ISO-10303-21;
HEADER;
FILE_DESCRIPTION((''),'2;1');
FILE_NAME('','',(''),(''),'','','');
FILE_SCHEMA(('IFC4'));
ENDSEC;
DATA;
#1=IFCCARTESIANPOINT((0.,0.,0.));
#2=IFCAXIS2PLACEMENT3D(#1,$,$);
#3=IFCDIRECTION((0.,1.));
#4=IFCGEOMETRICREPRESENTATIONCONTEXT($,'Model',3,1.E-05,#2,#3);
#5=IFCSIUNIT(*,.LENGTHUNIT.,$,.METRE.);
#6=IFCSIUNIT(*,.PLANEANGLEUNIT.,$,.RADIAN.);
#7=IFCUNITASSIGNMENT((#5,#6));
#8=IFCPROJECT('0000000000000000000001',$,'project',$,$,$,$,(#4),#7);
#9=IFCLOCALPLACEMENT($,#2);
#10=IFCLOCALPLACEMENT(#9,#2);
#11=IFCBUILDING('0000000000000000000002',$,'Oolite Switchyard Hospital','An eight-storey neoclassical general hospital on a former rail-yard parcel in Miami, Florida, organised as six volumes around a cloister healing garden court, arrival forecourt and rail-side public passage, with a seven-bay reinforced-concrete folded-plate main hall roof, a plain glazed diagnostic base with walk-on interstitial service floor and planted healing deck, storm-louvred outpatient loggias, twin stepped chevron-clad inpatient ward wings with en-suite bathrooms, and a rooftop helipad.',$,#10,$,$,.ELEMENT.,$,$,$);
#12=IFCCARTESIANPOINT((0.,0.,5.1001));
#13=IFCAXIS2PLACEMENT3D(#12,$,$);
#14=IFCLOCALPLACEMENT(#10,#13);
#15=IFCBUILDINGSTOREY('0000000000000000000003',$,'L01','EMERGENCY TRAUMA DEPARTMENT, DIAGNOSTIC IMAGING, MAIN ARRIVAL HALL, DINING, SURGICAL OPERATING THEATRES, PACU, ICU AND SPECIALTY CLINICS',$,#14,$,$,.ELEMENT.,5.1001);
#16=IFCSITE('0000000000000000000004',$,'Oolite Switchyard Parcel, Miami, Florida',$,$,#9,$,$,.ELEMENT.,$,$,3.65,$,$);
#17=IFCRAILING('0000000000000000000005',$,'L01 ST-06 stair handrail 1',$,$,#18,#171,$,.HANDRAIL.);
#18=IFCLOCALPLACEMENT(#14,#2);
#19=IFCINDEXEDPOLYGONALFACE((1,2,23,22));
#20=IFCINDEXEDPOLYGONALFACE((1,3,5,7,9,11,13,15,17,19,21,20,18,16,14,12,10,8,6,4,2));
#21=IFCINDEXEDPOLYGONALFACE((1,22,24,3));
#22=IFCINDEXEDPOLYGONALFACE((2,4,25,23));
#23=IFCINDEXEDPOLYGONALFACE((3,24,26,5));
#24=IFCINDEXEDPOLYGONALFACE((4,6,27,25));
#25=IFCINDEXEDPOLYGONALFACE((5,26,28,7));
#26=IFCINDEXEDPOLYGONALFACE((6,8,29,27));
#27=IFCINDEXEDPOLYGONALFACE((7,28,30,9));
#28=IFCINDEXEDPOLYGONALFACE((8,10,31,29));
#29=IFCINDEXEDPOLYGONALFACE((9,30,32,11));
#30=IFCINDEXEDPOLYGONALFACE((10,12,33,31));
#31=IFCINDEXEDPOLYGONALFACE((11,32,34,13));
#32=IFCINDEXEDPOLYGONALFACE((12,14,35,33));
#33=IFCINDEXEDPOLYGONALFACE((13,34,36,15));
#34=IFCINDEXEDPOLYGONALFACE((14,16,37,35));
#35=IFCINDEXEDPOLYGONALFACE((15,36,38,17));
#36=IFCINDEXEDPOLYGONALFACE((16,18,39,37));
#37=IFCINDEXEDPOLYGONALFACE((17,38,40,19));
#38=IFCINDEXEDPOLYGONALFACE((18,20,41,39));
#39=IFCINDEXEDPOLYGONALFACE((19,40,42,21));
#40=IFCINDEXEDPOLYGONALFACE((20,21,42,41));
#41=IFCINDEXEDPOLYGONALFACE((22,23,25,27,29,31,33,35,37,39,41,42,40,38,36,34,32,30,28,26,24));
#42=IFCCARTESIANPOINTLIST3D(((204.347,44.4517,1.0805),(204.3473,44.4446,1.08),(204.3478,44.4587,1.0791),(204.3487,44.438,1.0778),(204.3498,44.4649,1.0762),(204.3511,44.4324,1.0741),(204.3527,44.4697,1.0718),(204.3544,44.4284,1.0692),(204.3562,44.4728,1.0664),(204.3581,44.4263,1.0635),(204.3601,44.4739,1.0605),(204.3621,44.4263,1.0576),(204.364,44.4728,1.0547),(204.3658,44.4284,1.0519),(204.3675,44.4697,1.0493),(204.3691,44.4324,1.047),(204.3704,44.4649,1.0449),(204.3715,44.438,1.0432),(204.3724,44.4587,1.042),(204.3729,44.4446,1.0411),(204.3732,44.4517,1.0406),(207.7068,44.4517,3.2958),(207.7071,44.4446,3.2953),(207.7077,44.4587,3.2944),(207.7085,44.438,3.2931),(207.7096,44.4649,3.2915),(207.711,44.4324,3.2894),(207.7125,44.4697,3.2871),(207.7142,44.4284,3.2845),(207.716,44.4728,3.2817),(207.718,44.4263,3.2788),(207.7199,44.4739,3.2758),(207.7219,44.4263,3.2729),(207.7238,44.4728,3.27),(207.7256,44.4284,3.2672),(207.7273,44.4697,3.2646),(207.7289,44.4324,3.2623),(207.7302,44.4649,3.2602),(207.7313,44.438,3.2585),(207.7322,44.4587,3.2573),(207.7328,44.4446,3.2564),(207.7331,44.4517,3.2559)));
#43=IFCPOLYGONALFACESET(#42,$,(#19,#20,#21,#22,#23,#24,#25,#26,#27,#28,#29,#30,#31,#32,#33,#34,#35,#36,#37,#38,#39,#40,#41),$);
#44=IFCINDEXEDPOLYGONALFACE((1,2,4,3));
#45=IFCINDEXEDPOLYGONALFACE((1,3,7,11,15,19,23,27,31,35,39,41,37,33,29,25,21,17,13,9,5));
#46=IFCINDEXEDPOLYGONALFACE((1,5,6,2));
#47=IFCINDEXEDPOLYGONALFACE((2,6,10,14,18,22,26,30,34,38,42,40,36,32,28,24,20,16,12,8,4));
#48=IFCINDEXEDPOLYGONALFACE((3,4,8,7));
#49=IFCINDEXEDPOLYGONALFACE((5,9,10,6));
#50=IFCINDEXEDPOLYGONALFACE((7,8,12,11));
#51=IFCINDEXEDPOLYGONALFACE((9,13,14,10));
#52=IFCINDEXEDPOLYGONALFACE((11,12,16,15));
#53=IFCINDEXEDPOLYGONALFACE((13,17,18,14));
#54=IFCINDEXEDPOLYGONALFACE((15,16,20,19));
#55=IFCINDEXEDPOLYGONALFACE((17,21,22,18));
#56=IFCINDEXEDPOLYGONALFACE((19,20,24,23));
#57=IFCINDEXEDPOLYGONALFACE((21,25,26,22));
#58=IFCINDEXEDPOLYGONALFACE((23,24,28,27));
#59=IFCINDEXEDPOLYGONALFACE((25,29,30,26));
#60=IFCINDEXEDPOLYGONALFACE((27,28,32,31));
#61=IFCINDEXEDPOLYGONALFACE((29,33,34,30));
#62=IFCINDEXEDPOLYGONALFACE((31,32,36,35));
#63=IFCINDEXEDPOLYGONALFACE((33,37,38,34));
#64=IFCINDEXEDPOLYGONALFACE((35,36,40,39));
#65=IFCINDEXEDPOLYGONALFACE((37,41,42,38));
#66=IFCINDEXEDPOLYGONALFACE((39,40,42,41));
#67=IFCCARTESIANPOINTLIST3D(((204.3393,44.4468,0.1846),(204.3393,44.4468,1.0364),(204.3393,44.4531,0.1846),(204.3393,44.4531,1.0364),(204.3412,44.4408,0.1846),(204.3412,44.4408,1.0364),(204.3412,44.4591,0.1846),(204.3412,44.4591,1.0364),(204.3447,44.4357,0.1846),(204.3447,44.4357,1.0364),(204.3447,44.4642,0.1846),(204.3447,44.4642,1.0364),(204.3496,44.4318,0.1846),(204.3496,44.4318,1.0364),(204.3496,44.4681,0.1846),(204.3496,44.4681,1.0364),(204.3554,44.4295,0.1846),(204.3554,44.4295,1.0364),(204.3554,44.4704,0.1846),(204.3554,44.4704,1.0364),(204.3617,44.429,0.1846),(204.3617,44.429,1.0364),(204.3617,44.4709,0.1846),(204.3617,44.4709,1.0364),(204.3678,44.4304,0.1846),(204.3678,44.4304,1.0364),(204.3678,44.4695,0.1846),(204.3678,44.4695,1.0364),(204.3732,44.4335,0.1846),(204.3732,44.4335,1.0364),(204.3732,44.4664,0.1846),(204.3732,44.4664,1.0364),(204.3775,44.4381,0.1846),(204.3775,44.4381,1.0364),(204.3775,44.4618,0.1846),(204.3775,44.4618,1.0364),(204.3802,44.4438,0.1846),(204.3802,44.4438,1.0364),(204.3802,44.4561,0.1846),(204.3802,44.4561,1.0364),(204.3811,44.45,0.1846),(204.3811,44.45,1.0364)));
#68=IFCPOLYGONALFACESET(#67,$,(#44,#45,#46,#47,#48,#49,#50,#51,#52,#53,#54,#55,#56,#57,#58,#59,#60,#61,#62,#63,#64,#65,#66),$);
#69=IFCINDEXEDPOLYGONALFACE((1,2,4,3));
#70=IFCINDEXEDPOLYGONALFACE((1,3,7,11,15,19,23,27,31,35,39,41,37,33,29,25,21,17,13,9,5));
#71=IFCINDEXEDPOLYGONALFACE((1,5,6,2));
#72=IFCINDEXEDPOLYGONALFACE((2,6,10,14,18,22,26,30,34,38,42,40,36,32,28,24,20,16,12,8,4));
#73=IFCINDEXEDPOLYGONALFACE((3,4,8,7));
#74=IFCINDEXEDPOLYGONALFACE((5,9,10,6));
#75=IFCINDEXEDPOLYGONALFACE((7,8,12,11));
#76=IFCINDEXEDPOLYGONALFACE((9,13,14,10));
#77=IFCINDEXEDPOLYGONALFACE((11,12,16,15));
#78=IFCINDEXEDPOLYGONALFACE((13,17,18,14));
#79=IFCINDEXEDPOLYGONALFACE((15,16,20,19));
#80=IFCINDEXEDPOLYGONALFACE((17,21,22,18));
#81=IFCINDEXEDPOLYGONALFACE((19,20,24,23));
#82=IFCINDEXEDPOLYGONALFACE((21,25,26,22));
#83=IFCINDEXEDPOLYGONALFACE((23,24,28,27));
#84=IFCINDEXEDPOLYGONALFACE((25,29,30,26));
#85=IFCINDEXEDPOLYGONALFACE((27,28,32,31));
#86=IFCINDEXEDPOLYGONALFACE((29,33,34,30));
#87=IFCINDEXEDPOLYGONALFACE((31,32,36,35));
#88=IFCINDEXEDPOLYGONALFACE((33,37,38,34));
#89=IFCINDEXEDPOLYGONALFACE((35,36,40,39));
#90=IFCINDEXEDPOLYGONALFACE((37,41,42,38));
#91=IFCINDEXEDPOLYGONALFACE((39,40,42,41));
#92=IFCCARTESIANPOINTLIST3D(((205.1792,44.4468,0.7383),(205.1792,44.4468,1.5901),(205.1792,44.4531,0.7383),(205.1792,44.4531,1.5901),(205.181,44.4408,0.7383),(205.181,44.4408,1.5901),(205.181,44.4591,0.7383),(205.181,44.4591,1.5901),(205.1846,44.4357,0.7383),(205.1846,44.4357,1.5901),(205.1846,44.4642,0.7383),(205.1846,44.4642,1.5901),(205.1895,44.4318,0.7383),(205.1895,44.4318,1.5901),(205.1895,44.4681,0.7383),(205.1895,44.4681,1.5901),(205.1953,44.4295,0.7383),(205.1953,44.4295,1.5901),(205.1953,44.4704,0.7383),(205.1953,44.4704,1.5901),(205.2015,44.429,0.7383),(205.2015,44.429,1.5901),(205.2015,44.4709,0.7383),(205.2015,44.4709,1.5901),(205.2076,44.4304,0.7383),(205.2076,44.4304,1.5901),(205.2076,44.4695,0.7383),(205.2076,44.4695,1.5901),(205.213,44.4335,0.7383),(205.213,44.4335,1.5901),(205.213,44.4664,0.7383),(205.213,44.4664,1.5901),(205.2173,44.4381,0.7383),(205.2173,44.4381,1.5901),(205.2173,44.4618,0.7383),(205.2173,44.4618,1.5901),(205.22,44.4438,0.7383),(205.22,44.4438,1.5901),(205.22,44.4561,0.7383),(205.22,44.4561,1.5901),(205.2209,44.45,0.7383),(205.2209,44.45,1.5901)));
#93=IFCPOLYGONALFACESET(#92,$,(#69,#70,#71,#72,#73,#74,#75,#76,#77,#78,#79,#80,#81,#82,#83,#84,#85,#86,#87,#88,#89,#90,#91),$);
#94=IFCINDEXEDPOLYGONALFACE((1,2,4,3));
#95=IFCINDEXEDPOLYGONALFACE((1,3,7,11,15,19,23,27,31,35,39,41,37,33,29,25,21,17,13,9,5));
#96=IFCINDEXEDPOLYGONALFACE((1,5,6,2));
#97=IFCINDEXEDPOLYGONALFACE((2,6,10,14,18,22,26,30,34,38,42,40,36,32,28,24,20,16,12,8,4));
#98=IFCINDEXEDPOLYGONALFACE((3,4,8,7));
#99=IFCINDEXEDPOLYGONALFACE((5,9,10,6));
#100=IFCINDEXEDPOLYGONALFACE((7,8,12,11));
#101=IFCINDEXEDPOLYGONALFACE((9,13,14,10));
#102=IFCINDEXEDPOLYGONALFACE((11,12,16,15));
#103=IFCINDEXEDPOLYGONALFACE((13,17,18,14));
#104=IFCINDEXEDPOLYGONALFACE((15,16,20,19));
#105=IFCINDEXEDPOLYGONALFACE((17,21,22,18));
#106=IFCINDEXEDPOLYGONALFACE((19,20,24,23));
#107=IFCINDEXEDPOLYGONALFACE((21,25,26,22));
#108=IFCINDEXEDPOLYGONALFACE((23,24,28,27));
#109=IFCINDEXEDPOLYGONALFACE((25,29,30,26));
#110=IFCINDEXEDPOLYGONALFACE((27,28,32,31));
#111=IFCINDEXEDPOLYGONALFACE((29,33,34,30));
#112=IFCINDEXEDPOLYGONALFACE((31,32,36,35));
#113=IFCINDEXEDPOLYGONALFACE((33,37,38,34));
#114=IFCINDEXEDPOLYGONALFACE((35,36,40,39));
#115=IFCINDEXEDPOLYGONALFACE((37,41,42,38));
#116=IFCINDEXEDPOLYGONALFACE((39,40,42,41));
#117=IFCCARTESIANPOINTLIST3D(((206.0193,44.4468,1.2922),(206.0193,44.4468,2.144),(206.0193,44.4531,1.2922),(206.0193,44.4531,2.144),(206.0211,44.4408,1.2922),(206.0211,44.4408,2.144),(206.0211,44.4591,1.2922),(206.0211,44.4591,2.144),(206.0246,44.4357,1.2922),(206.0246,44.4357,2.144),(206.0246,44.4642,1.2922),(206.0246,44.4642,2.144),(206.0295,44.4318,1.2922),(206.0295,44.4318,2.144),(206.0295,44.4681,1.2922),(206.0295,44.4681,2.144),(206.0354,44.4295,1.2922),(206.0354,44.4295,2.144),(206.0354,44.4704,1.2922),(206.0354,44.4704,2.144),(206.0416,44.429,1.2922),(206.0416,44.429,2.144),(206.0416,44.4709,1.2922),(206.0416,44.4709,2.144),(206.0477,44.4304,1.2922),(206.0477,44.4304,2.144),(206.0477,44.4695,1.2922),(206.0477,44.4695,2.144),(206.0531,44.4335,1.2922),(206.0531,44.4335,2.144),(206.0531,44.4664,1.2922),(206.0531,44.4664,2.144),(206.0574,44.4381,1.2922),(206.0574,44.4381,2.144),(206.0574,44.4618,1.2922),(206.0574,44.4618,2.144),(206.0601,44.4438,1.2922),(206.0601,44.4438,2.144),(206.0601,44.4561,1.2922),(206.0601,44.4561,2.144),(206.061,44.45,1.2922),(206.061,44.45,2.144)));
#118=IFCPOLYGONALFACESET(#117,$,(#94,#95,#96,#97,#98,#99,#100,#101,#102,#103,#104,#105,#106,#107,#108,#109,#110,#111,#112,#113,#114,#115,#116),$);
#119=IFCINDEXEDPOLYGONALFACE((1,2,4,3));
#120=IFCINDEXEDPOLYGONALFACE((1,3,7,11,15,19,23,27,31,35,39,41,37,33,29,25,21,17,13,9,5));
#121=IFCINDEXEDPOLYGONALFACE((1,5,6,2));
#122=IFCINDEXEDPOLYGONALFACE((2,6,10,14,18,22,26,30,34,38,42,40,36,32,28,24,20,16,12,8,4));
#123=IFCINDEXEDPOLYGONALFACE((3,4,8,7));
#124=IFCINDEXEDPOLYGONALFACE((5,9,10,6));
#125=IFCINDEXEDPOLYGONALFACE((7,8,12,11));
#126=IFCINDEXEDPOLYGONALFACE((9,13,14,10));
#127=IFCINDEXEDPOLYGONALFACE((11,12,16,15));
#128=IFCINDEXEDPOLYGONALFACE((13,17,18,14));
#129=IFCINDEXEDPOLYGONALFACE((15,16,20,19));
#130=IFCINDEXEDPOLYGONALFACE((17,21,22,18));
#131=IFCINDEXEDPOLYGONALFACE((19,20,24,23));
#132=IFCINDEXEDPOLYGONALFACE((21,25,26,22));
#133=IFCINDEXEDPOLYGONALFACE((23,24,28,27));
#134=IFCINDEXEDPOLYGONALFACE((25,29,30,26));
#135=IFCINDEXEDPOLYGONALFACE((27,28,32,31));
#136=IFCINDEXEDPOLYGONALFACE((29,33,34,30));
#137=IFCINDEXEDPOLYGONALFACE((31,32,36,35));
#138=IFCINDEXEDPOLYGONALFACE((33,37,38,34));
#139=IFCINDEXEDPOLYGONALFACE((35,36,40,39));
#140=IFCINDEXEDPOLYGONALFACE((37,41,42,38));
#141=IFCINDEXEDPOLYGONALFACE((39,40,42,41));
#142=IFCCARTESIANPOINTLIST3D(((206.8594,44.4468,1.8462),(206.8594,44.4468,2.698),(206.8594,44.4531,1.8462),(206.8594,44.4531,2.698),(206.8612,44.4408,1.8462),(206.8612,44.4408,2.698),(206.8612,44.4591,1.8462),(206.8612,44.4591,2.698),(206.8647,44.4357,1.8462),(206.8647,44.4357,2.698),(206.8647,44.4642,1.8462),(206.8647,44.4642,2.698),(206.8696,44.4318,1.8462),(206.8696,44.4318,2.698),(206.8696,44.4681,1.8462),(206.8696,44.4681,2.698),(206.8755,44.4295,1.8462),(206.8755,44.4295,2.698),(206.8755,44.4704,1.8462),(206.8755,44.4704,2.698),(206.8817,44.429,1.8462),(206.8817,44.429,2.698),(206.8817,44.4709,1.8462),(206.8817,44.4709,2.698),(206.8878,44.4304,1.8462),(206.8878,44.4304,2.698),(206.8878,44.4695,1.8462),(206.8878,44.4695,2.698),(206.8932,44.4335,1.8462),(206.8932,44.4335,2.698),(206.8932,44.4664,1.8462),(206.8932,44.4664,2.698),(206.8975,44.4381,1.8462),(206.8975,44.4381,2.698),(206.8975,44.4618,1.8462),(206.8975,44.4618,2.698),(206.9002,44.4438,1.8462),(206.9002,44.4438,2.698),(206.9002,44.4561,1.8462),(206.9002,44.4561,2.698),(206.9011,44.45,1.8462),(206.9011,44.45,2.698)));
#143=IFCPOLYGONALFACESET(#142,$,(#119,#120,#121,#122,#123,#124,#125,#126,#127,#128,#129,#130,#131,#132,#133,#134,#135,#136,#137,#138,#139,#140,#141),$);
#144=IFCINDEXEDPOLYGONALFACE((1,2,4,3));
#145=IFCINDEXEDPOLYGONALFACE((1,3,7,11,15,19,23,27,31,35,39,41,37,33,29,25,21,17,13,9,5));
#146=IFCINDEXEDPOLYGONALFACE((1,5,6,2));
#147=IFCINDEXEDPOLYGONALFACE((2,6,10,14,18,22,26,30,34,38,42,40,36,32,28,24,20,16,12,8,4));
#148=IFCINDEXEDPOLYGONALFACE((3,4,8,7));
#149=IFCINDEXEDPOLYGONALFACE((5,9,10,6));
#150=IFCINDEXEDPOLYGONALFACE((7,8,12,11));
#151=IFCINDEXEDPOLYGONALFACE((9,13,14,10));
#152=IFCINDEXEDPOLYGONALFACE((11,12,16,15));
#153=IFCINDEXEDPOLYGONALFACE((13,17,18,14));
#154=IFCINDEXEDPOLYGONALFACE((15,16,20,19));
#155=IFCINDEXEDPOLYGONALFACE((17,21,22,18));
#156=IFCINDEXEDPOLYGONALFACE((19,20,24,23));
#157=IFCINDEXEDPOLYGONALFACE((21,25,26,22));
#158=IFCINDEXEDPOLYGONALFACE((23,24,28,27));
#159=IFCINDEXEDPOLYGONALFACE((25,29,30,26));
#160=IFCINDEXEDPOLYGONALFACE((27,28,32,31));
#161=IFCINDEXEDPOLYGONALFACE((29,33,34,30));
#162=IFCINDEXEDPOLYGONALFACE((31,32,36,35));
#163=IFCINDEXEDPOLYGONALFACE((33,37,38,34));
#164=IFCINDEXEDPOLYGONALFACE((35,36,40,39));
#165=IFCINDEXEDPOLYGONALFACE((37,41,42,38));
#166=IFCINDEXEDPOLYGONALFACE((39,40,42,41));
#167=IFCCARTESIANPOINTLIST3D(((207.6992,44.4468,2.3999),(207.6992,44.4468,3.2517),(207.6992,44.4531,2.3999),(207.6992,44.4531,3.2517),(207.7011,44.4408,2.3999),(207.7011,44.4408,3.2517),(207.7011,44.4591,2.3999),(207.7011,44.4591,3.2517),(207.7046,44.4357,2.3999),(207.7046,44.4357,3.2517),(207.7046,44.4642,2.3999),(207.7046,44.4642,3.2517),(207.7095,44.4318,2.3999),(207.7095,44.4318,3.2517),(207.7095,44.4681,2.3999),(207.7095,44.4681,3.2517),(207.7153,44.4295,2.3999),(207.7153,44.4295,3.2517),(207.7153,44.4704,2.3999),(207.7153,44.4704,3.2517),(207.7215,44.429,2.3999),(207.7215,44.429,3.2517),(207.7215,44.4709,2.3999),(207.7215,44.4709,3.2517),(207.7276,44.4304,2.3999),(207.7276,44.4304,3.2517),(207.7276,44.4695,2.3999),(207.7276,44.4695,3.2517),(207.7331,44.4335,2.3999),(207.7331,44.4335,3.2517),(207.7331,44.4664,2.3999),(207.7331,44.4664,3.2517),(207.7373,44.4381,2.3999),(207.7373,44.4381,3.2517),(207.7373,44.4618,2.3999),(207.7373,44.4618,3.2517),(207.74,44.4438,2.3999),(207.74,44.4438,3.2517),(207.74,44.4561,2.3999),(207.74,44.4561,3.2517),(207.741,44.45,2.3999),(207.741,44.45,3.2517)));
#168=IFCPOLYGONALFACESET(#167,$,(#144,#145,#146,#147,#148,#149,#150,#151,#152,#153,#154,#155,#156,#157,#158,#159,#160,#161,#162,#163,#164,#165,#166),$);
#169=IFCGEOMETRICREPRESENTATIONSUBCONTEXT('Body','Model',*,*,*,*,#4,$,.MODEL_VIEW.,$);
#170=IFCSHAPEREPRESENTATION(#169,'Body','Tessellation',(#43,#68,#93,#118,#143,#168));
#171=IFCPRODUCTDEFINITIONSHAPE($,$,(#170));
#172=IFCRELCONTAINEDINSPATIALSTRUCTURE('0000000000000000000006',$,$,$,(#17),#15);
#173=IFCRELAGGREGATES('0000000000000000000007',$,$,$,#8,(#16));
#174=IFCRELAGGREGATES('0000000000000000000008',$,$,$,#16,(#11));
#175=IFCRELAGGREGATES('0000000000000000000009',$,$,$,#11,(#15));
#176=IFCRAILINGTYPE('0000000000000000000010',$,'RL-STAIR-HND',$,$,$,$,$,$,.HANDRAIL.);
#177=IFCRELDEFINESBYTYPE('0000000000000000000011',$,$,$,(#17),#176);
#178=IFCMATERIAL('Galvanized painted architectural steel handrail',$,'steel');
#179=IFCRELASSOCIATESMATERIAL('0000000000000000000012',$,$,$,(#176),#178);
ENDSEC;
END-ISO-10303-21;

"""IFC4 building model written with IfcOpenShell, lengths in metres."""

from ifc_helpers import new_model, si_unit, direction, frame, origin, origin_2d, place, context, subcontext, project, spatial, circle, extrude, material, type_object, element, save


model = new_model("IFC4")

# Units and contexts
model_context = context("Model", 3, precision=1e-05, world=origin(), true_north=direction((0.0, 1.0)))
body_context = subcontext(model_context, "Body", "Model", "MODEL_VIEW")
ifc_project = project(units=[si_unit("LENGTHUNIT", "METRE"), si_unit("PLANEANGLEUNIT", "RADIAN")], contexts=[model_context])

# Site, building, storey
site_placement = place(None, origin())
site = spatial("IfcSite", under=ifc_project, at=site_placement, Name="Oolite Switchyard Parcel, Miami, Florida", CompositionType="ELEMENT", RefElevation=3.65)
building_placement = place(site_placement, origin())
building = spatial("IfcBuilding", under=site, at=building_placement, Name="Oolite Switchyard Hospital", Description="An eight-storey neoclassical general hospital on a former rail-yard parcel in Miami, Florida, organised as six volumes around a cloister healing garden court, arrival forecourt and rail-side public passage, with a seven-bay reinforced-concrete folded-plate main hall roof, a plain glazed diagnostic base with walk-on interstitial service floor and planted healing deck, storm-louvred outpatient loggias, twin stepped chevron-clad inpatient ward wings with en-suite bathrooms, and a rooftop helipad.", CompositionType="ELEMENT")
storey_placement = place(building_placement, frame((0.0, 0.0, 5.1001)))
storey = spatial("IfcBuildingStorey", under=building, at=storey_placement, Name="L01", Description="EMERGENCY TRAUMA DEPARTMENT, DIAGNOSTIC IMAGING, MAIN ARRIVAL HALL, DINING, SURGICAL OPERATING THEATRES, PACU, ICU AND SPECIALTY CLINICS", CompositionType="ELEMENT", Elevation=5.1001)

# Railing
ifc_material_1 = material(Name="Galvanized painted architectural steel handrail", Category="steel")
railing_type_1 = type_object("IfcRailingType", Name="RL-STAIR-HND", PredefinedType="HANDRAIL", material=ifc_material_1)
railing_1_placement = place(storey_placement, frame((204.3601, 44.45, 0.1846)))
element("IfcRailing", 1, at=railing_1_placement, inside=storey, type_object=railing_type_1, Name="L01 ST-06 stair handrail 1", PredefinedType="HANDRAIL", context=body_context, shape_type="SweptSolid", body=[
    extrude(circle(Radius=0.0239, at=origin_2d()), frame((0.0, 0.0, 0.876), z_axis=(0.834858, 0.0, 0.550465), x_axis=(0.0, 1.0, 0.0)), (0.0, 0.0, 1.0), 4.0244),
    extrude(circle(Radius=0.021, at=origin_2d()), origin(), (0.0, 0.0, 1.0), 0.8518),
    extrude(circle(Radius=0.021, at=origin_2d()), frame((0.8398, 0.0, 0.5537)), (0.0, 0.0, 1.0), 0.8518),
    extrude(circle(Radius=0.021, at=origin_2d()), frame((1.6799, 0.0, 1.1077)), (0.0, 0.0, 1.0), 0.8518),
    extrude(circle(Radius=0.021, at=origin_2d()), frame((2.52, 0.0, 1.6616)), (0.0, 0.0, 1.0), 0.8518),
    extrude(circle(Radius=0.021, at=origin_2d()), frame((3.3599, 0.0, 2.2153)), (0.0, 0.0, 1.0), 0.8518),
])

save(model, "model.ifc")
